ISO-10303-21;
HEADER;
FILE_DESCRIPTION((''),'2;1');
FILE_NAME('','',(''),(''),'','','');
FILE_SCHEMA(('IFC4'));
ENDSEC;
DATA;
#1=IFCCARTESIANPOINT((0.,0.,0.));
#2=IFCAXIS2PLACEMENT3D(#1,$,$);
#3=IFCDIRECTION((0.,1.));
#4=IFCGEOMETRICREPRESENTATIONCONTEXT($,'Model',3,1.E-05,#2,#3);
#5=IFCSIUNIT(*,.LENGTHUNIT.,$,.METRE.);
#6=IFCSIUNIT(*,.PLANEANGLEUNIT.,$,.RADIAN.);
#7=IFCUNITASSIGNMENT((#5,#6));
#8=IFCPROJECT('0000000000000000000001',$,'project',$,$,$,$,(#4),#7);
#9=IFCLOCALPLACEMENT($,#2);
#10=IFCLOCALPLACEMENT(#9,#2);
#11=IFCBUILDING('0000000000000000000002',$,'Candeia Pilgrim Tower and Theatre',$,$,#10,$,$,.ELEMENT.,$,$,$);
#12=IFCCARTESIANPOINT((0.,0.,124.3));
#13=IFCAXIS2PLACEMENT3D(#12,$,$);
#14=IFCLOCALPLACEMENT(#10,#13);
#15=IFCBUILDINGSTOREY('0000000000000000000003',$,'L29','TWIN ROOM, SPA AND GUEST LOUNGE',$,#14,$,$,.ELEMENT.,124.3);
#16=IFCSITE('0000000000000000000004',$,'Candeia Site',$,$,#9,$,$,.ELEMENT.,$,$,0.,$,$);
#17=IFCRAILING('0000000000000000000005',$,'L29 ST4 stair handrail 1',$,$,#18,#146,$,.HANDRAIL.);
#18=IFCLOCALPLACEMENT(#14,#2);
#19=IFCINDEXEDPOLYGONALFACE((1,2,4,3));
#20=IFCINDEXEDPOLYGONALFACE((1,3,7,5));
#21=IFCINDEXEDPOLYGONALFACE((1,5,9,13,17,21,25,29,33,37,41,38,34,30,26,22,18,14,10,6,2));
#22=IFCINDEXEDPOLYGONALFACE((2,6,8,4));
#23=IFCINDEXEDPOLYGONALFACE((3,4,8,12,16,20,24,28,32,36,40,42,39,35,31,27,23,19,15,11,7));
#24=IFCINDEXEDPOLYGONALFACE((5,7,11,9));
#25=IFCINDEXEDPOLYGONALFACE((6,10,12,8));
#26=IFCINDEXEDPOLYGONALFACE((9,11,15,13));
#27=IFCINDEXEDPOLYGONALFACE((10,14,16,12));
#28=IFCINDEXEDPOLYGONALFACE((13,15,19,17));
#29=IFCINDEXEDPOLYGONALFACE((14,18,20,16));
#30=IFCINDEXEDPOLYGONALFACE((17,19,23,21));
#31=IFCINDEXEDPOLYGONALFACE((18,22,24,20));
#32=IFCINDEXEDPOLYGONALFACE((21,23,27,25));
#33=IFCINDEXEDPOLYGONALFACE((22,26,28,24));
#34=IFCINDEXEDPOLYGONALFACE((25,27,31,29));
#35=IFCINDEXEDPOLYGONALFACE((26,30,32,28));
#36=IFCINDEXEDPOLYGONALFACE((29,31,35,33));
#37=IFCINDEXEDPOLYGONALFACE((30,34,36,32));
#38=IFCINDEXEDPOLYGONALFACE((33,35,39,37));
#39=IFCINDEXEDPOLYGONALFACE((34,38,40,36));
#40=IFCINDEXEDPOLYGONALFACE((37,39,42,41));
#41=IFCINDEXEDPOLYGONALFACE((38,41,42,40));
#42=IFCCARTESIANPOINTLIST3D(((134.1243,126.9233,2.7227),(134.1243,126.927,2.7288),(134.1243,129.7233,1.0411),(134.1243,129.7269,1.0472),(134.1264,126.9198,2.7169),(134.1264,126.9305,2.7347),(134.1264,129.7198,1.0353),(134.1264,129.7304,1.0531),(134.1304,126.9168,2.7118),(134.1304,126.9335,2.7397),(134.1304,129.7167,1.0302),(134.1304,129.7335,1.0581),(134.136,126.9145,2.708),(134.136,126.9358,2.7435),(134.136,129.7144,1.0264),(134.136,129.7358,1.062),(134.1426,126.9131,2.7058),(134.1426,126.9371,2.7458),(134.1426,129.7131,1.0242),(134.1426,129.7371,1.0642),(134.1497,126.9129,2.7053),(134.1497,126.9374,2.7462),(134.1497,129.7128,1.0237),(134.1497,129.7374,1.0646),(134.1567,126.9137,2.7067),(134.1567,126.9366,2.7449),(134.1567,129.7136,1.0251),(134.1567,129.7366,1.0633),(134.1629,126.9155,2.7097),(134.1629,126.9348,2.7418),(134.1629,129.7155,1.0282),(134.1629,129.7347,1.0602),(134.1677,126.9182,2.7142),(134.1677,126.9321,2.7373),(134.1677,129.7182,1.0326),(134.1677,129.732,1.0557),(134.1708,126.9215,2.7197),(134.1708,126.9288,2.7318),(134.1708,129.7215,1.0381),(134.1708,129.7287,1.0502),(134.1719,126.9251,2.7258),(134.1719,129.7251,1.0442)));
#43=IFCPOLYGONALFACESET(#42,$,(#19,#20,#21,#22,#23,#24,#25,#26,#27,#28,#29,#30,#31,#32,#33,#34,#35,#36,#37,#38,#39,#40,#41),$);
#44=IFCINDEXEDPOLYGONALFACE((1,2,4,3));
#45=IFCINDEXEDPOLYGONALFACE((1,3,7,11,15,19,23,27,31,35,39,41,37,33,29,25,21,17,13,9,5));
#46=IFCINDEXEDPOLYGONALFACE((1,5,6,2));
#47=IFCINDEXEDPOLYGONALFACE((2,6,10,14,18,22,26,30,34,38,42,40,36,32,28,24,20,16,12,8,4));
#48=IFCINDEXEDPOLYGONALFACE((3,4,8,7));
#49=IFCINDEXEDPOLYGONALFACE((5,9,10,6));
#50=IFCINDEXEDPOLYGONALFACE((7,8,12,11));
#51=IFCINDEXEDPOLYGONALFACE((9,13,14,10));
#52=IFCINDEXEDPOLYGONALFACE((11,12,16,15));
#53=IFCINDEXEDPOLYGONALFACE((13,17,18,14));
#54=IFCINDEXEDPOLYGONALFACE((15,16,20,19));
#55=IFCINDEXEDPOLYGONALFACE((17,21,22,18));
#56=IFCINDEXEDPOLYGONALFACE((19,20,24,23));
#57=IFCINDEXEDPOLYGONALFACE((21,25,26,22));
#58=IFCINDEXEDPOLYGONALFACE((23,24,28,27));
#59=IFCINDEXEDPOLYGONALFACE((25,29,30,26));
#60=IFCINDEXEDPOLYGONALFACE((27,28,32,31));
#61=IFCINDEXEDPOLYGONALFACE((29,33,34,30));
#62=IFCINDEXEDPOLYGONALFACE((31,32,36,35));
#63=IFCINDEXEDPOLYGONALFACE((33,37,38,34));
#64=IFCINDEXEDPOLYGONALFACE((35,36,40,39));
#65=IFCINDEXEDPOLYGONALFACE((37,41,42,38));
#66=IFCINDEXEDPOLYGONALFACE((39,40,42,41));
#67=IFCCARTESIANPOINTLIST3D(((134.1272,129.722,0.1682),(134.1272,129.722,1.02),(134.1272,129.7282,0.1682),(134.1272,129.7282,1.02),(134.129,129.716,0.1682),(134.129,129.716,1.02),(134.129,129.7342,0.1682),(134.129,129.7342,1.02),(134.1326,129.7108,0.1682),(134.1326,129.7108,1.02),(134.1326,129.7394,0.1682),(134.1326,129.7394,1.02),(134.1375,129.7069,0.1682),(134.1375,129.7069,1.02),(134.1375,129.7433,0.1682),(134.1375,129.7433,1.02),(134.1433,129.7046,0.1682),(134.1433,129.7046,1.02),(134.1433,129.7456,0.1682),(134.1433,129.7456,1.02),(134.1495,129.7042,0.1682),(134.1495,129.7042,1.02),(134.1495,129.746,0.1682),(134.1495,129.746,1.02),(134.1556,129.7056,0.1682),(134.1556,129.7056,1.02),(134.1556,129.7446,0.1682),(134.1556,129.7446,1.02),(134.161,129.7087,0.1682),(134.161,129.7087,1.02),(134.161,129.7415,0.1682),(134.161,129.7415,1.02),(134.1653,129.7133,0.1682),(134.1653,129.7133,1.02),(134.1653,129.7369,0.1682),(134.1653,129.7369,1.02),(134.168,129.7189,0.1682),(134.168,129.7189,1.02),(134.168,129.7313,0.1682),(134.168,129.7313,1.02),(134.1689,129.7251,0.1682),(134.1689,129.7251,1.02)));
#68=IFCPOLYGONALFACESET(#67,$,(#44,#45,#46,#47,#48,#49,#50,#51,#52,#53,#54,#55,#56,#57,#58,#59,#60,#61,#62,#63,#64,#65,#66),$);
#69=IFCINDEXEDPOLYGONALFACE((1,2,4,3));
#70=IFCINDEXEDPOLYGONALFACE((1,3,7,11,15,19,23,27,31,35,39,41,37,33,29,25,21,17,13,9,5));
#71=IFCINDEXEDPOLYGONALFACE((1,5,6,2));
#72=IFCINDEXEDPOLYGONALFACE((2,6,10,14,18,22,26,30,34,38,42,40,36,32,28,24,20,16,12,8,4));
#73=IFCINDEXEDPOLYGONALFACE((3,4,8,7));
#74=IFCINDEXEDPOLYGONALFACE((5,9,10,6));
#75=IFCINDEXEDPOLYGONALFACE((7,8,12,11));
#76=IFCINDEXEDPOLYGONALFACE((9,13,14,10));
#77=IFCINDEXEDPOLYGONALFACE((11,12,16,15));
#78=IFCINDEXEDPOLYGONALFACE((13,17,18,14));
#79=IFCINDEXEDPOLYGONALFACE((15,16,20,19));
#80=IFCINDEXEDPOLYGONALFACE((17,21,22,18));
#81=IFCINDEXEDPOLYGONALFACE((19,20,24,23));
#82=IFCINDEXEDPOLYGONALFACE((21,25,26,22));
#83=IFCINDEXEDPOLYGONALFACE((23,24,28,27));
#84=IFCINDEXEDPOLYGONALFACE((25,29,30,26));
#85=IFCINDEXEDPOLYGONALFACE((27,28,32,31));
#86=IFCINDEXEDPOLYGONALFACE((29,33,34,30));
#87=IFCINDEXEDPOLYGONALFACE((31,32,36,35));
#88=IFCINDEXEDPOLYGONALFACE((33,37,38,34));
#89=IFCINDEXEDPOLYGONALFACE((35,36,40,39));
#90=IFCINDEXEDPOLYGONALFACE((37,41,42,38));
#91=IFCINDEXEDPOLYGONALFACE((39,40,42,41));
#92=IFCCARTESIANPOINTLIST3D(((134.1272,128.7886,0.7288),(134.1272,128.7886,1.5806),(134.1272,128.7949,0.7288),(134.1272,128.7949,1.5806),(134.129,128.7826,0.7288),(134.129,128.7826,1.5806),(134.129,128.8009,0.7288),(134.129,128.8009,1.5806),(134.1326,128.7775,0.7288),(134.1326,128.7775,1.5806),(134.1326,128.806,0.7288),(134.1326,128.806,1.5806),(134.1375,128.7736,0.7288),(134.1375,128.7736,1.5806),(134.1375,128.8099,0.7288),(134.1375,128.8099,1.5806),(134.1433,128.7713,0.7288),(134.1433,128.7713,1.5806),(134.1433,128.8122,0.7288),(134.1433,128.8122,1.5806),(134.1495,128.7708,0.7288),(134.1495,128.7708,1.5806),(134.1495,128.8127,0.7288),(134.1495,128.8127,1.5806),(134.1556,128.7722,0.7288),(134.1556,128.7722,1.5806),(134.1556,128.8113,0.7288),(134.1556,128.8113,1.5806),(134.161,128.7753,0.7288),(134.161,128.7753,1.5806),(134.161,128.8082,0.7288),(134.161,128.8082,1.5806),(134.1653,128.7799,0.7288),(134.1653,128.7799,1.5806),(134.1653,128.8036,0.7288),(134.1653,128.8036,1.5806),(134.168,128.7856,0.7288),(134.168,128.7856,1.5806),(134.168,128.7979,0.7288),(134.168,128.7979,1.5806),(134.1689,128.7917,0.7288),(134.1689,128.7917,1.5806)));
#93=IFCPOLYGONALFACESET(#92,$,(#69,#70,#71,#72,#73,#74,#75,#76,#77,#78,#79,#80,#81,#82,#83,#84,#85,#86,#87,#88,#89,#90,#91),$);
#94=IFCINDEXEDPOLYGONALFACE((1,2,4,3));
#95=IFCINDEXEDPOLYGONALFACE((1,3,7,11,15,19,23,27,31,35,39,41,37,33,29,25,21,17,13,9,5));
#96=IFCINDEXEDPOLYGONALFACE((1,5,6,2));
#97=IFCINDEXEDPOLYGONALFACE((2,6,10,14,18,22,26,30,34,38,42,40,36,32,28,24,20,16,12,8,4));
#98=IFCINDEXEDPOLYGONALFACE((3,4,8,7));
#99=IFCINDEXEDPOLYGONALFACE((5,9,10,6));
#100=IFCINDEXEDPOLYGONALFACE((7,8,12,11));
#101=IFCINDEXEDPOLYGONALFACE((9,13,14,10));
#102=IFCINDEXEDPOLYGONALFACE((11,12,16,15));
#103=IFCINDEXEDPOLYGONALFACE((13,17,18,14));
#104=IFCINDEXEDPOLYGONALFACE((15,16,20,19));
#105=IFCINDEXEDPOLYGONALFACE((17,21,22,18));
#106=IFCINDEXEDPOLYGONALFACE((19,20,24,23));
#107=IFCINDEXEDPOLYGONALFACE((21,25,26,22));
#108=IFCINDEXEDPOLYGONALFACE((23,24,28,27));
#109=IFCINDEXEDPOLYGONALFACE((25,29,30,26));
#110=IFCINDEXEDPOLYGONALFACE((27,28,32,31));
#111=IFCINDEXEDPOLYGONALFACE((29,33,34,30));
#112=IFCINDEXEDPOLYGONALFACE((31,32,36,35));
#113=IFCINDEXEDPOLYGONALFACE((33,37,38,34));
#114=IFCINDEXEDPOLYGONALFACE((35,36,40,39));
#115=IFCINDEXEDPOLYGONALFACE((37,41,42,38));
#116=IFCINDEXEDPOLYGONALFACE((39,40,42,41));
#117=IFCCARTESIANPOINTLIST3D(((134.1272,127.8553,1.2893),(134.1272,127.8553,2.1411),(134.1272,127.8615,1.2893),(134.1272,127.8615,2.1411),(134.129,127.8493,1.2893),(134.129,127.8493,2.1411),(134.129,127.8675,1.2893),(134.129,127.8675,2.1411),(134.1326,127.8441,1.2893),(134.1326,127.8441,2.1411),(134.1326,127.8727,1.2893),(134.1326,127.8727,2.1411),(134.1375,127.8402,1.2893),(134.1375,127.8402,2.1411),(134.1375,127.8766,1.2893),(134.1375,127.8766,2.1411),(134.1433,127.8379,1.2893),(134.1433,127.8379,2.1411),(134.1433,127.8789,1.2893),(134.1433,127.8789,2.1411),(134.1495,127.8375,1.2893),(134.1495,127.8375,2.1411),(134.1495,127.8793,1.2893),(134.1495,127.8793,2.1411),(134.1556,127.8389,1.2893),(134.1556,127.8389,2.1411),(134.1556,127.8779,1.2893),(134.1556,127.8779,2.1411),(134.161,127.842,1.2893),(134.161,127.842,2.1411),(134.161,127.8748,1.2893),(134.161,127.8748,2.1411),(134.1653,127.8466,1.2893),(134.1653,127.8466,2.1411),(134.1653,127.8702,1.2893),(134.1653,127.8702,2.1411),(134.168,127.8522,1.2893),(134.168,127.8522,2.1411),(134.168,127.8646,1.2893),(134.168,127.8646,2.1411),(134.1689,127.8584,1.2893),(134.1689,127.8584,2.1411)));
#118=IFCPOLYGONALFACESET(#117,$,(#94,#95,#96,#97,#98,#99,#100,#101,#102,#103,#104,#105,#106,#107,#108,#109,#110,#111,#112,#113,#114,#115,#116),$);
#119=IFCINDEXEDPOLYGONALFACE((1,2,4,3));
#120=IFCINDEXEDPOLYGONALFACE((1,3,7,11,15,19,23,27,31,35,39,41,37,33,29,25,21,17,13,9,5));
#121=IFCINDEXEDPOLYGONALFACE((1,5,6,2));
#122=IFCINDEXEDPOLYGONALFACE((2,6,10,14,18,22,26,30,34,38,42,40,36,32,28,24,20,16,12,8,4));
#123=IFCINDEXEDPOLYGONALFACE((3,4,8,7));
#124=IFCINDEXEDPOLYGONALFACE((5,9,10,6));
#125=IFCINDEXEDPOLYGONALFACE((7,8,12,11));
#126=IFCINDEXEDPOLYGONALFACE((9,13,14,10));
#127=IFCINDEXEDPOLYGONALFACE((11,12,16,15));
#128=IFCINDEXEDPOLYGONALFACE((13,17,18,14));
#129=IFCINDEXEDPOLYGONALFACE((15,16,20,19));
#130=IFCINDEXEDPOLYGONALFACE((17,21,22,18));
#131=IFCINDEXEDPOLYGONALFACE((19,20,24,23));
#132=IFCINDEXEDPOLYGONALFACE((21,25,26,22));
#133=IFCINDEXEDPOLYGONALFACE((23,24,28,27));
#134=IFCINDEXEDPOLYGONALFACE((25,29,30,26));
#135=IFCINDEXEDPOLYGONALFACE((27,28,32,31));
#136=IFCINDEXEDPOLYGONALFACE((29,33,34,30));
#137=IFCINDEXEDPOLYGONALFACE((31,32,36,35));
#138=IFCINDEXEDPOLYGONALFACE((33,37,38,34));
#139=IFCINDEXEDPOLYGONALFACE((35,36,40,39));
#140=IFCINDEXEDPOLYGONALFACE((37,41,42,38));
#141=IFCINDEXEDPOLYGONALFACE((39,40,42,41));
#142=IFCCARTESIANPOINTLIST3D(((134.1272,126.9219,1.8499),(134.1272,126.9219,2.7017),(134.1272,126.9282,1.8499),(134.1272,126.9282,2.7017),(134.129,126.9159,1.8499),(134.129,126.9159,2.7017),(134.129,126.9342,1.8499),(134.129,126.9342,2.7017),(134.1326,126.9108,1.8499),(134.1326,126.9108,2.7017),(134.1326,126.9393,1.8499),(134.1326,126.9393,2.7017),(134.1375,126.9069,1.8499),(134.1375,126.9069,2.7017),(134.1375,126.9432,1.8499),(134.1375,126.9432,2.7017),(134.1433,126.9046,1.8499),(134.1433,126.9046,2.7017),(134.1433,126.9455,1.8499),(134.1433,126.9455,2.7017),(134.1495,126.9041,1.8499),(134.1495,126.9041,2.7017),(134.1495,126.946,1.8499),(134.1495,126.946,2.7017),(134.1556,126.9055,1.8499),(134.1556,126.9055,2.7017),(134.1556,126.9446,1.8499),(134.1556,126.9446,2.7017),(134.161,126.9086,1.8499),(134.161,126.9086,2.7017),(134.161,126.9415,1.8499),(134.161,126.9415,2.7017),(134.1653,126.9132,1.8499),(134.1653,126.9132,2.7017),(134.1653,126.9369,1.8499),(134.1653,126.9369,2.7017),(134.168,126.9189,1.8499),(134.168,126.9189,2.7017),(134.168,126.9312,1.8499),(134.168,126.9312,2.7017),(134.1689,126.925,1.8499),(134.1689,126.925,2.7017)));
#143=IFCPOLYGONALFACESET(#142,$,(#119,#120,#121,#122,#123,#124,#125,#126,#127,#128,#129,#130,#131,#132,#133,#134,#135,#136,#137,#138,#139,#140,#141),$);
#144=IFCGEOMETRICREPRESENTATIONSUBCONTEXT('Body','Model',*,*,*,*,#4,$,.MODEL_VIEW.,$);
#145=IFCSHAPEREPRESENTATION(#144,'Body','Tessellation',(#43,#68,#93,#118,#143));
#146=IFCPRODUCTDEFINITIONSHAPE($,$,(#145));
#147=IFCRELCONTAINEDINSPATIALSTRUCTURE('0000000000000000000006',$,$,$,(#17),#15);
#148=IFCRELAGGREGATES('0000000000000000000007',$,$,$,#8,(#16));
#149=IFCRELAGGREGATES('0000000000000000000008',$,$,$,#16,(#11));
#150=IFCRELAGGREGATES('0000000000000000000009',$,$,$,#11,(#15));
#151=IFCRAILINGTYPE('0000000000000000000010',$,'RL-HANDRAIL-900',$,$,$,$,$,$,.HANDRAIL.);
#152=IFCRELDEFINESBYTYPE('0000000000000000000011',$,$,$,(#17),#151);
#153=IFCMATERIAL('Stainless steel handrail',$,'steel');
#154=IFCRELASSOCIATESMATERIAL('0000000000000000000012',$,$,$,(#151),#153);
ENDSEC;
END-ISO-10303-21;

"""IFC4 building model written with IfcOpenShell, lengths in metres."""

from ifc_helpers import new_model, si_unit, direction, frame, origin, origin_2d, place, context, subcontext, project, spatial, circle, extrude, material, type_object, element, save


model = new_model("IFC4")

# Units and contexts
model_context = context("Model", 3, precision=1e-05, world=origin(), true_north=direction((0.0, 1.0)))
body_context = subcontext(model_context, "Body", "Model", "MODEL_VIEW")
ifc_project = project(units=[si_unit("LENGTHUNIT", "METRE"), si_unit("PLANEANGLEUNIT", "RADIAN")], contexts=[model_context])

# Site, building, storey
site_placement = place(None, origin())
site = spatial("IfcSite", under=ifc_project, at=site_placement, Name="Candeia Site", CompositionType="ELEMENT", RefElevation=0.0)
building_placement = place(site_placement, origin())
building = spatial("IfcBuilding", under=site, at=building_placement, Name="Candeia Pilgrim Tower and Theatre", CompositionType="ELEMENT")
storey_placement = place(building_placement, frame((0.0, 0.0, 124.3)))
storey = spatial("IfcBuildingStorey", under=building, at=storey_placement, Name="L29", Description="TWIN ROOM, SPA AND GUEST LOUNGE", CompositionType="ELEMENT", Elevation=124.3)

# Railing
ifc_material_1 = material(Name="Stainless steel handrail", Category="steel")
railing_type_1 = type_object("IfcRailingType", Name="RL-HANDRAIL-900", PredefinedType="HANDRAIL", material=ifc_material_1)
railing_1_placement = place(storey_placement, frame((134.1479, 129.7251, 0.1682)))
element("IfcRailing", 1, at=railing_1_placement, inside=storey, type_object=railing_type_1, Name="L29 ST4 stair handrail 1", PredefinedType="HANDRAIL", context=body_context, shape_type="SweptSolid", body=[
    extrude(circle(Radius=0.0239, at=origin_2d()), frame((0.0, 0.0, 0.876), z_axis=(0.0, -0.857275, 0.514858), x_axis=(1.0, 0.0, 0.0)), (0.0, 0.0, 1.0), 3.2661),
    extrude(circle(Radius=0.021, at=origin_2d()), origin(), (0.0, 0.0, 1.0), 0.8518),
    extrude(circle(Radius=0.021, at=origin_2d()), frame((0.0, -0.9333, 0.5605)), (0.0, 0.0, 1.0), 0.8518),
    extrude(circle(Radius=0.021, at=origin_2d()), frame((0.0, -1.8667, 1.1211)), (0.0, 0.0, 1.0), 0.8518),
    extrude(circle(Radius=0.021, at=origin_2d()), frame((0.0, -2.8, 1.6816)), (0.0, 0.0, 1.0), 0.8518),
])

save(model, "model.ifc")
